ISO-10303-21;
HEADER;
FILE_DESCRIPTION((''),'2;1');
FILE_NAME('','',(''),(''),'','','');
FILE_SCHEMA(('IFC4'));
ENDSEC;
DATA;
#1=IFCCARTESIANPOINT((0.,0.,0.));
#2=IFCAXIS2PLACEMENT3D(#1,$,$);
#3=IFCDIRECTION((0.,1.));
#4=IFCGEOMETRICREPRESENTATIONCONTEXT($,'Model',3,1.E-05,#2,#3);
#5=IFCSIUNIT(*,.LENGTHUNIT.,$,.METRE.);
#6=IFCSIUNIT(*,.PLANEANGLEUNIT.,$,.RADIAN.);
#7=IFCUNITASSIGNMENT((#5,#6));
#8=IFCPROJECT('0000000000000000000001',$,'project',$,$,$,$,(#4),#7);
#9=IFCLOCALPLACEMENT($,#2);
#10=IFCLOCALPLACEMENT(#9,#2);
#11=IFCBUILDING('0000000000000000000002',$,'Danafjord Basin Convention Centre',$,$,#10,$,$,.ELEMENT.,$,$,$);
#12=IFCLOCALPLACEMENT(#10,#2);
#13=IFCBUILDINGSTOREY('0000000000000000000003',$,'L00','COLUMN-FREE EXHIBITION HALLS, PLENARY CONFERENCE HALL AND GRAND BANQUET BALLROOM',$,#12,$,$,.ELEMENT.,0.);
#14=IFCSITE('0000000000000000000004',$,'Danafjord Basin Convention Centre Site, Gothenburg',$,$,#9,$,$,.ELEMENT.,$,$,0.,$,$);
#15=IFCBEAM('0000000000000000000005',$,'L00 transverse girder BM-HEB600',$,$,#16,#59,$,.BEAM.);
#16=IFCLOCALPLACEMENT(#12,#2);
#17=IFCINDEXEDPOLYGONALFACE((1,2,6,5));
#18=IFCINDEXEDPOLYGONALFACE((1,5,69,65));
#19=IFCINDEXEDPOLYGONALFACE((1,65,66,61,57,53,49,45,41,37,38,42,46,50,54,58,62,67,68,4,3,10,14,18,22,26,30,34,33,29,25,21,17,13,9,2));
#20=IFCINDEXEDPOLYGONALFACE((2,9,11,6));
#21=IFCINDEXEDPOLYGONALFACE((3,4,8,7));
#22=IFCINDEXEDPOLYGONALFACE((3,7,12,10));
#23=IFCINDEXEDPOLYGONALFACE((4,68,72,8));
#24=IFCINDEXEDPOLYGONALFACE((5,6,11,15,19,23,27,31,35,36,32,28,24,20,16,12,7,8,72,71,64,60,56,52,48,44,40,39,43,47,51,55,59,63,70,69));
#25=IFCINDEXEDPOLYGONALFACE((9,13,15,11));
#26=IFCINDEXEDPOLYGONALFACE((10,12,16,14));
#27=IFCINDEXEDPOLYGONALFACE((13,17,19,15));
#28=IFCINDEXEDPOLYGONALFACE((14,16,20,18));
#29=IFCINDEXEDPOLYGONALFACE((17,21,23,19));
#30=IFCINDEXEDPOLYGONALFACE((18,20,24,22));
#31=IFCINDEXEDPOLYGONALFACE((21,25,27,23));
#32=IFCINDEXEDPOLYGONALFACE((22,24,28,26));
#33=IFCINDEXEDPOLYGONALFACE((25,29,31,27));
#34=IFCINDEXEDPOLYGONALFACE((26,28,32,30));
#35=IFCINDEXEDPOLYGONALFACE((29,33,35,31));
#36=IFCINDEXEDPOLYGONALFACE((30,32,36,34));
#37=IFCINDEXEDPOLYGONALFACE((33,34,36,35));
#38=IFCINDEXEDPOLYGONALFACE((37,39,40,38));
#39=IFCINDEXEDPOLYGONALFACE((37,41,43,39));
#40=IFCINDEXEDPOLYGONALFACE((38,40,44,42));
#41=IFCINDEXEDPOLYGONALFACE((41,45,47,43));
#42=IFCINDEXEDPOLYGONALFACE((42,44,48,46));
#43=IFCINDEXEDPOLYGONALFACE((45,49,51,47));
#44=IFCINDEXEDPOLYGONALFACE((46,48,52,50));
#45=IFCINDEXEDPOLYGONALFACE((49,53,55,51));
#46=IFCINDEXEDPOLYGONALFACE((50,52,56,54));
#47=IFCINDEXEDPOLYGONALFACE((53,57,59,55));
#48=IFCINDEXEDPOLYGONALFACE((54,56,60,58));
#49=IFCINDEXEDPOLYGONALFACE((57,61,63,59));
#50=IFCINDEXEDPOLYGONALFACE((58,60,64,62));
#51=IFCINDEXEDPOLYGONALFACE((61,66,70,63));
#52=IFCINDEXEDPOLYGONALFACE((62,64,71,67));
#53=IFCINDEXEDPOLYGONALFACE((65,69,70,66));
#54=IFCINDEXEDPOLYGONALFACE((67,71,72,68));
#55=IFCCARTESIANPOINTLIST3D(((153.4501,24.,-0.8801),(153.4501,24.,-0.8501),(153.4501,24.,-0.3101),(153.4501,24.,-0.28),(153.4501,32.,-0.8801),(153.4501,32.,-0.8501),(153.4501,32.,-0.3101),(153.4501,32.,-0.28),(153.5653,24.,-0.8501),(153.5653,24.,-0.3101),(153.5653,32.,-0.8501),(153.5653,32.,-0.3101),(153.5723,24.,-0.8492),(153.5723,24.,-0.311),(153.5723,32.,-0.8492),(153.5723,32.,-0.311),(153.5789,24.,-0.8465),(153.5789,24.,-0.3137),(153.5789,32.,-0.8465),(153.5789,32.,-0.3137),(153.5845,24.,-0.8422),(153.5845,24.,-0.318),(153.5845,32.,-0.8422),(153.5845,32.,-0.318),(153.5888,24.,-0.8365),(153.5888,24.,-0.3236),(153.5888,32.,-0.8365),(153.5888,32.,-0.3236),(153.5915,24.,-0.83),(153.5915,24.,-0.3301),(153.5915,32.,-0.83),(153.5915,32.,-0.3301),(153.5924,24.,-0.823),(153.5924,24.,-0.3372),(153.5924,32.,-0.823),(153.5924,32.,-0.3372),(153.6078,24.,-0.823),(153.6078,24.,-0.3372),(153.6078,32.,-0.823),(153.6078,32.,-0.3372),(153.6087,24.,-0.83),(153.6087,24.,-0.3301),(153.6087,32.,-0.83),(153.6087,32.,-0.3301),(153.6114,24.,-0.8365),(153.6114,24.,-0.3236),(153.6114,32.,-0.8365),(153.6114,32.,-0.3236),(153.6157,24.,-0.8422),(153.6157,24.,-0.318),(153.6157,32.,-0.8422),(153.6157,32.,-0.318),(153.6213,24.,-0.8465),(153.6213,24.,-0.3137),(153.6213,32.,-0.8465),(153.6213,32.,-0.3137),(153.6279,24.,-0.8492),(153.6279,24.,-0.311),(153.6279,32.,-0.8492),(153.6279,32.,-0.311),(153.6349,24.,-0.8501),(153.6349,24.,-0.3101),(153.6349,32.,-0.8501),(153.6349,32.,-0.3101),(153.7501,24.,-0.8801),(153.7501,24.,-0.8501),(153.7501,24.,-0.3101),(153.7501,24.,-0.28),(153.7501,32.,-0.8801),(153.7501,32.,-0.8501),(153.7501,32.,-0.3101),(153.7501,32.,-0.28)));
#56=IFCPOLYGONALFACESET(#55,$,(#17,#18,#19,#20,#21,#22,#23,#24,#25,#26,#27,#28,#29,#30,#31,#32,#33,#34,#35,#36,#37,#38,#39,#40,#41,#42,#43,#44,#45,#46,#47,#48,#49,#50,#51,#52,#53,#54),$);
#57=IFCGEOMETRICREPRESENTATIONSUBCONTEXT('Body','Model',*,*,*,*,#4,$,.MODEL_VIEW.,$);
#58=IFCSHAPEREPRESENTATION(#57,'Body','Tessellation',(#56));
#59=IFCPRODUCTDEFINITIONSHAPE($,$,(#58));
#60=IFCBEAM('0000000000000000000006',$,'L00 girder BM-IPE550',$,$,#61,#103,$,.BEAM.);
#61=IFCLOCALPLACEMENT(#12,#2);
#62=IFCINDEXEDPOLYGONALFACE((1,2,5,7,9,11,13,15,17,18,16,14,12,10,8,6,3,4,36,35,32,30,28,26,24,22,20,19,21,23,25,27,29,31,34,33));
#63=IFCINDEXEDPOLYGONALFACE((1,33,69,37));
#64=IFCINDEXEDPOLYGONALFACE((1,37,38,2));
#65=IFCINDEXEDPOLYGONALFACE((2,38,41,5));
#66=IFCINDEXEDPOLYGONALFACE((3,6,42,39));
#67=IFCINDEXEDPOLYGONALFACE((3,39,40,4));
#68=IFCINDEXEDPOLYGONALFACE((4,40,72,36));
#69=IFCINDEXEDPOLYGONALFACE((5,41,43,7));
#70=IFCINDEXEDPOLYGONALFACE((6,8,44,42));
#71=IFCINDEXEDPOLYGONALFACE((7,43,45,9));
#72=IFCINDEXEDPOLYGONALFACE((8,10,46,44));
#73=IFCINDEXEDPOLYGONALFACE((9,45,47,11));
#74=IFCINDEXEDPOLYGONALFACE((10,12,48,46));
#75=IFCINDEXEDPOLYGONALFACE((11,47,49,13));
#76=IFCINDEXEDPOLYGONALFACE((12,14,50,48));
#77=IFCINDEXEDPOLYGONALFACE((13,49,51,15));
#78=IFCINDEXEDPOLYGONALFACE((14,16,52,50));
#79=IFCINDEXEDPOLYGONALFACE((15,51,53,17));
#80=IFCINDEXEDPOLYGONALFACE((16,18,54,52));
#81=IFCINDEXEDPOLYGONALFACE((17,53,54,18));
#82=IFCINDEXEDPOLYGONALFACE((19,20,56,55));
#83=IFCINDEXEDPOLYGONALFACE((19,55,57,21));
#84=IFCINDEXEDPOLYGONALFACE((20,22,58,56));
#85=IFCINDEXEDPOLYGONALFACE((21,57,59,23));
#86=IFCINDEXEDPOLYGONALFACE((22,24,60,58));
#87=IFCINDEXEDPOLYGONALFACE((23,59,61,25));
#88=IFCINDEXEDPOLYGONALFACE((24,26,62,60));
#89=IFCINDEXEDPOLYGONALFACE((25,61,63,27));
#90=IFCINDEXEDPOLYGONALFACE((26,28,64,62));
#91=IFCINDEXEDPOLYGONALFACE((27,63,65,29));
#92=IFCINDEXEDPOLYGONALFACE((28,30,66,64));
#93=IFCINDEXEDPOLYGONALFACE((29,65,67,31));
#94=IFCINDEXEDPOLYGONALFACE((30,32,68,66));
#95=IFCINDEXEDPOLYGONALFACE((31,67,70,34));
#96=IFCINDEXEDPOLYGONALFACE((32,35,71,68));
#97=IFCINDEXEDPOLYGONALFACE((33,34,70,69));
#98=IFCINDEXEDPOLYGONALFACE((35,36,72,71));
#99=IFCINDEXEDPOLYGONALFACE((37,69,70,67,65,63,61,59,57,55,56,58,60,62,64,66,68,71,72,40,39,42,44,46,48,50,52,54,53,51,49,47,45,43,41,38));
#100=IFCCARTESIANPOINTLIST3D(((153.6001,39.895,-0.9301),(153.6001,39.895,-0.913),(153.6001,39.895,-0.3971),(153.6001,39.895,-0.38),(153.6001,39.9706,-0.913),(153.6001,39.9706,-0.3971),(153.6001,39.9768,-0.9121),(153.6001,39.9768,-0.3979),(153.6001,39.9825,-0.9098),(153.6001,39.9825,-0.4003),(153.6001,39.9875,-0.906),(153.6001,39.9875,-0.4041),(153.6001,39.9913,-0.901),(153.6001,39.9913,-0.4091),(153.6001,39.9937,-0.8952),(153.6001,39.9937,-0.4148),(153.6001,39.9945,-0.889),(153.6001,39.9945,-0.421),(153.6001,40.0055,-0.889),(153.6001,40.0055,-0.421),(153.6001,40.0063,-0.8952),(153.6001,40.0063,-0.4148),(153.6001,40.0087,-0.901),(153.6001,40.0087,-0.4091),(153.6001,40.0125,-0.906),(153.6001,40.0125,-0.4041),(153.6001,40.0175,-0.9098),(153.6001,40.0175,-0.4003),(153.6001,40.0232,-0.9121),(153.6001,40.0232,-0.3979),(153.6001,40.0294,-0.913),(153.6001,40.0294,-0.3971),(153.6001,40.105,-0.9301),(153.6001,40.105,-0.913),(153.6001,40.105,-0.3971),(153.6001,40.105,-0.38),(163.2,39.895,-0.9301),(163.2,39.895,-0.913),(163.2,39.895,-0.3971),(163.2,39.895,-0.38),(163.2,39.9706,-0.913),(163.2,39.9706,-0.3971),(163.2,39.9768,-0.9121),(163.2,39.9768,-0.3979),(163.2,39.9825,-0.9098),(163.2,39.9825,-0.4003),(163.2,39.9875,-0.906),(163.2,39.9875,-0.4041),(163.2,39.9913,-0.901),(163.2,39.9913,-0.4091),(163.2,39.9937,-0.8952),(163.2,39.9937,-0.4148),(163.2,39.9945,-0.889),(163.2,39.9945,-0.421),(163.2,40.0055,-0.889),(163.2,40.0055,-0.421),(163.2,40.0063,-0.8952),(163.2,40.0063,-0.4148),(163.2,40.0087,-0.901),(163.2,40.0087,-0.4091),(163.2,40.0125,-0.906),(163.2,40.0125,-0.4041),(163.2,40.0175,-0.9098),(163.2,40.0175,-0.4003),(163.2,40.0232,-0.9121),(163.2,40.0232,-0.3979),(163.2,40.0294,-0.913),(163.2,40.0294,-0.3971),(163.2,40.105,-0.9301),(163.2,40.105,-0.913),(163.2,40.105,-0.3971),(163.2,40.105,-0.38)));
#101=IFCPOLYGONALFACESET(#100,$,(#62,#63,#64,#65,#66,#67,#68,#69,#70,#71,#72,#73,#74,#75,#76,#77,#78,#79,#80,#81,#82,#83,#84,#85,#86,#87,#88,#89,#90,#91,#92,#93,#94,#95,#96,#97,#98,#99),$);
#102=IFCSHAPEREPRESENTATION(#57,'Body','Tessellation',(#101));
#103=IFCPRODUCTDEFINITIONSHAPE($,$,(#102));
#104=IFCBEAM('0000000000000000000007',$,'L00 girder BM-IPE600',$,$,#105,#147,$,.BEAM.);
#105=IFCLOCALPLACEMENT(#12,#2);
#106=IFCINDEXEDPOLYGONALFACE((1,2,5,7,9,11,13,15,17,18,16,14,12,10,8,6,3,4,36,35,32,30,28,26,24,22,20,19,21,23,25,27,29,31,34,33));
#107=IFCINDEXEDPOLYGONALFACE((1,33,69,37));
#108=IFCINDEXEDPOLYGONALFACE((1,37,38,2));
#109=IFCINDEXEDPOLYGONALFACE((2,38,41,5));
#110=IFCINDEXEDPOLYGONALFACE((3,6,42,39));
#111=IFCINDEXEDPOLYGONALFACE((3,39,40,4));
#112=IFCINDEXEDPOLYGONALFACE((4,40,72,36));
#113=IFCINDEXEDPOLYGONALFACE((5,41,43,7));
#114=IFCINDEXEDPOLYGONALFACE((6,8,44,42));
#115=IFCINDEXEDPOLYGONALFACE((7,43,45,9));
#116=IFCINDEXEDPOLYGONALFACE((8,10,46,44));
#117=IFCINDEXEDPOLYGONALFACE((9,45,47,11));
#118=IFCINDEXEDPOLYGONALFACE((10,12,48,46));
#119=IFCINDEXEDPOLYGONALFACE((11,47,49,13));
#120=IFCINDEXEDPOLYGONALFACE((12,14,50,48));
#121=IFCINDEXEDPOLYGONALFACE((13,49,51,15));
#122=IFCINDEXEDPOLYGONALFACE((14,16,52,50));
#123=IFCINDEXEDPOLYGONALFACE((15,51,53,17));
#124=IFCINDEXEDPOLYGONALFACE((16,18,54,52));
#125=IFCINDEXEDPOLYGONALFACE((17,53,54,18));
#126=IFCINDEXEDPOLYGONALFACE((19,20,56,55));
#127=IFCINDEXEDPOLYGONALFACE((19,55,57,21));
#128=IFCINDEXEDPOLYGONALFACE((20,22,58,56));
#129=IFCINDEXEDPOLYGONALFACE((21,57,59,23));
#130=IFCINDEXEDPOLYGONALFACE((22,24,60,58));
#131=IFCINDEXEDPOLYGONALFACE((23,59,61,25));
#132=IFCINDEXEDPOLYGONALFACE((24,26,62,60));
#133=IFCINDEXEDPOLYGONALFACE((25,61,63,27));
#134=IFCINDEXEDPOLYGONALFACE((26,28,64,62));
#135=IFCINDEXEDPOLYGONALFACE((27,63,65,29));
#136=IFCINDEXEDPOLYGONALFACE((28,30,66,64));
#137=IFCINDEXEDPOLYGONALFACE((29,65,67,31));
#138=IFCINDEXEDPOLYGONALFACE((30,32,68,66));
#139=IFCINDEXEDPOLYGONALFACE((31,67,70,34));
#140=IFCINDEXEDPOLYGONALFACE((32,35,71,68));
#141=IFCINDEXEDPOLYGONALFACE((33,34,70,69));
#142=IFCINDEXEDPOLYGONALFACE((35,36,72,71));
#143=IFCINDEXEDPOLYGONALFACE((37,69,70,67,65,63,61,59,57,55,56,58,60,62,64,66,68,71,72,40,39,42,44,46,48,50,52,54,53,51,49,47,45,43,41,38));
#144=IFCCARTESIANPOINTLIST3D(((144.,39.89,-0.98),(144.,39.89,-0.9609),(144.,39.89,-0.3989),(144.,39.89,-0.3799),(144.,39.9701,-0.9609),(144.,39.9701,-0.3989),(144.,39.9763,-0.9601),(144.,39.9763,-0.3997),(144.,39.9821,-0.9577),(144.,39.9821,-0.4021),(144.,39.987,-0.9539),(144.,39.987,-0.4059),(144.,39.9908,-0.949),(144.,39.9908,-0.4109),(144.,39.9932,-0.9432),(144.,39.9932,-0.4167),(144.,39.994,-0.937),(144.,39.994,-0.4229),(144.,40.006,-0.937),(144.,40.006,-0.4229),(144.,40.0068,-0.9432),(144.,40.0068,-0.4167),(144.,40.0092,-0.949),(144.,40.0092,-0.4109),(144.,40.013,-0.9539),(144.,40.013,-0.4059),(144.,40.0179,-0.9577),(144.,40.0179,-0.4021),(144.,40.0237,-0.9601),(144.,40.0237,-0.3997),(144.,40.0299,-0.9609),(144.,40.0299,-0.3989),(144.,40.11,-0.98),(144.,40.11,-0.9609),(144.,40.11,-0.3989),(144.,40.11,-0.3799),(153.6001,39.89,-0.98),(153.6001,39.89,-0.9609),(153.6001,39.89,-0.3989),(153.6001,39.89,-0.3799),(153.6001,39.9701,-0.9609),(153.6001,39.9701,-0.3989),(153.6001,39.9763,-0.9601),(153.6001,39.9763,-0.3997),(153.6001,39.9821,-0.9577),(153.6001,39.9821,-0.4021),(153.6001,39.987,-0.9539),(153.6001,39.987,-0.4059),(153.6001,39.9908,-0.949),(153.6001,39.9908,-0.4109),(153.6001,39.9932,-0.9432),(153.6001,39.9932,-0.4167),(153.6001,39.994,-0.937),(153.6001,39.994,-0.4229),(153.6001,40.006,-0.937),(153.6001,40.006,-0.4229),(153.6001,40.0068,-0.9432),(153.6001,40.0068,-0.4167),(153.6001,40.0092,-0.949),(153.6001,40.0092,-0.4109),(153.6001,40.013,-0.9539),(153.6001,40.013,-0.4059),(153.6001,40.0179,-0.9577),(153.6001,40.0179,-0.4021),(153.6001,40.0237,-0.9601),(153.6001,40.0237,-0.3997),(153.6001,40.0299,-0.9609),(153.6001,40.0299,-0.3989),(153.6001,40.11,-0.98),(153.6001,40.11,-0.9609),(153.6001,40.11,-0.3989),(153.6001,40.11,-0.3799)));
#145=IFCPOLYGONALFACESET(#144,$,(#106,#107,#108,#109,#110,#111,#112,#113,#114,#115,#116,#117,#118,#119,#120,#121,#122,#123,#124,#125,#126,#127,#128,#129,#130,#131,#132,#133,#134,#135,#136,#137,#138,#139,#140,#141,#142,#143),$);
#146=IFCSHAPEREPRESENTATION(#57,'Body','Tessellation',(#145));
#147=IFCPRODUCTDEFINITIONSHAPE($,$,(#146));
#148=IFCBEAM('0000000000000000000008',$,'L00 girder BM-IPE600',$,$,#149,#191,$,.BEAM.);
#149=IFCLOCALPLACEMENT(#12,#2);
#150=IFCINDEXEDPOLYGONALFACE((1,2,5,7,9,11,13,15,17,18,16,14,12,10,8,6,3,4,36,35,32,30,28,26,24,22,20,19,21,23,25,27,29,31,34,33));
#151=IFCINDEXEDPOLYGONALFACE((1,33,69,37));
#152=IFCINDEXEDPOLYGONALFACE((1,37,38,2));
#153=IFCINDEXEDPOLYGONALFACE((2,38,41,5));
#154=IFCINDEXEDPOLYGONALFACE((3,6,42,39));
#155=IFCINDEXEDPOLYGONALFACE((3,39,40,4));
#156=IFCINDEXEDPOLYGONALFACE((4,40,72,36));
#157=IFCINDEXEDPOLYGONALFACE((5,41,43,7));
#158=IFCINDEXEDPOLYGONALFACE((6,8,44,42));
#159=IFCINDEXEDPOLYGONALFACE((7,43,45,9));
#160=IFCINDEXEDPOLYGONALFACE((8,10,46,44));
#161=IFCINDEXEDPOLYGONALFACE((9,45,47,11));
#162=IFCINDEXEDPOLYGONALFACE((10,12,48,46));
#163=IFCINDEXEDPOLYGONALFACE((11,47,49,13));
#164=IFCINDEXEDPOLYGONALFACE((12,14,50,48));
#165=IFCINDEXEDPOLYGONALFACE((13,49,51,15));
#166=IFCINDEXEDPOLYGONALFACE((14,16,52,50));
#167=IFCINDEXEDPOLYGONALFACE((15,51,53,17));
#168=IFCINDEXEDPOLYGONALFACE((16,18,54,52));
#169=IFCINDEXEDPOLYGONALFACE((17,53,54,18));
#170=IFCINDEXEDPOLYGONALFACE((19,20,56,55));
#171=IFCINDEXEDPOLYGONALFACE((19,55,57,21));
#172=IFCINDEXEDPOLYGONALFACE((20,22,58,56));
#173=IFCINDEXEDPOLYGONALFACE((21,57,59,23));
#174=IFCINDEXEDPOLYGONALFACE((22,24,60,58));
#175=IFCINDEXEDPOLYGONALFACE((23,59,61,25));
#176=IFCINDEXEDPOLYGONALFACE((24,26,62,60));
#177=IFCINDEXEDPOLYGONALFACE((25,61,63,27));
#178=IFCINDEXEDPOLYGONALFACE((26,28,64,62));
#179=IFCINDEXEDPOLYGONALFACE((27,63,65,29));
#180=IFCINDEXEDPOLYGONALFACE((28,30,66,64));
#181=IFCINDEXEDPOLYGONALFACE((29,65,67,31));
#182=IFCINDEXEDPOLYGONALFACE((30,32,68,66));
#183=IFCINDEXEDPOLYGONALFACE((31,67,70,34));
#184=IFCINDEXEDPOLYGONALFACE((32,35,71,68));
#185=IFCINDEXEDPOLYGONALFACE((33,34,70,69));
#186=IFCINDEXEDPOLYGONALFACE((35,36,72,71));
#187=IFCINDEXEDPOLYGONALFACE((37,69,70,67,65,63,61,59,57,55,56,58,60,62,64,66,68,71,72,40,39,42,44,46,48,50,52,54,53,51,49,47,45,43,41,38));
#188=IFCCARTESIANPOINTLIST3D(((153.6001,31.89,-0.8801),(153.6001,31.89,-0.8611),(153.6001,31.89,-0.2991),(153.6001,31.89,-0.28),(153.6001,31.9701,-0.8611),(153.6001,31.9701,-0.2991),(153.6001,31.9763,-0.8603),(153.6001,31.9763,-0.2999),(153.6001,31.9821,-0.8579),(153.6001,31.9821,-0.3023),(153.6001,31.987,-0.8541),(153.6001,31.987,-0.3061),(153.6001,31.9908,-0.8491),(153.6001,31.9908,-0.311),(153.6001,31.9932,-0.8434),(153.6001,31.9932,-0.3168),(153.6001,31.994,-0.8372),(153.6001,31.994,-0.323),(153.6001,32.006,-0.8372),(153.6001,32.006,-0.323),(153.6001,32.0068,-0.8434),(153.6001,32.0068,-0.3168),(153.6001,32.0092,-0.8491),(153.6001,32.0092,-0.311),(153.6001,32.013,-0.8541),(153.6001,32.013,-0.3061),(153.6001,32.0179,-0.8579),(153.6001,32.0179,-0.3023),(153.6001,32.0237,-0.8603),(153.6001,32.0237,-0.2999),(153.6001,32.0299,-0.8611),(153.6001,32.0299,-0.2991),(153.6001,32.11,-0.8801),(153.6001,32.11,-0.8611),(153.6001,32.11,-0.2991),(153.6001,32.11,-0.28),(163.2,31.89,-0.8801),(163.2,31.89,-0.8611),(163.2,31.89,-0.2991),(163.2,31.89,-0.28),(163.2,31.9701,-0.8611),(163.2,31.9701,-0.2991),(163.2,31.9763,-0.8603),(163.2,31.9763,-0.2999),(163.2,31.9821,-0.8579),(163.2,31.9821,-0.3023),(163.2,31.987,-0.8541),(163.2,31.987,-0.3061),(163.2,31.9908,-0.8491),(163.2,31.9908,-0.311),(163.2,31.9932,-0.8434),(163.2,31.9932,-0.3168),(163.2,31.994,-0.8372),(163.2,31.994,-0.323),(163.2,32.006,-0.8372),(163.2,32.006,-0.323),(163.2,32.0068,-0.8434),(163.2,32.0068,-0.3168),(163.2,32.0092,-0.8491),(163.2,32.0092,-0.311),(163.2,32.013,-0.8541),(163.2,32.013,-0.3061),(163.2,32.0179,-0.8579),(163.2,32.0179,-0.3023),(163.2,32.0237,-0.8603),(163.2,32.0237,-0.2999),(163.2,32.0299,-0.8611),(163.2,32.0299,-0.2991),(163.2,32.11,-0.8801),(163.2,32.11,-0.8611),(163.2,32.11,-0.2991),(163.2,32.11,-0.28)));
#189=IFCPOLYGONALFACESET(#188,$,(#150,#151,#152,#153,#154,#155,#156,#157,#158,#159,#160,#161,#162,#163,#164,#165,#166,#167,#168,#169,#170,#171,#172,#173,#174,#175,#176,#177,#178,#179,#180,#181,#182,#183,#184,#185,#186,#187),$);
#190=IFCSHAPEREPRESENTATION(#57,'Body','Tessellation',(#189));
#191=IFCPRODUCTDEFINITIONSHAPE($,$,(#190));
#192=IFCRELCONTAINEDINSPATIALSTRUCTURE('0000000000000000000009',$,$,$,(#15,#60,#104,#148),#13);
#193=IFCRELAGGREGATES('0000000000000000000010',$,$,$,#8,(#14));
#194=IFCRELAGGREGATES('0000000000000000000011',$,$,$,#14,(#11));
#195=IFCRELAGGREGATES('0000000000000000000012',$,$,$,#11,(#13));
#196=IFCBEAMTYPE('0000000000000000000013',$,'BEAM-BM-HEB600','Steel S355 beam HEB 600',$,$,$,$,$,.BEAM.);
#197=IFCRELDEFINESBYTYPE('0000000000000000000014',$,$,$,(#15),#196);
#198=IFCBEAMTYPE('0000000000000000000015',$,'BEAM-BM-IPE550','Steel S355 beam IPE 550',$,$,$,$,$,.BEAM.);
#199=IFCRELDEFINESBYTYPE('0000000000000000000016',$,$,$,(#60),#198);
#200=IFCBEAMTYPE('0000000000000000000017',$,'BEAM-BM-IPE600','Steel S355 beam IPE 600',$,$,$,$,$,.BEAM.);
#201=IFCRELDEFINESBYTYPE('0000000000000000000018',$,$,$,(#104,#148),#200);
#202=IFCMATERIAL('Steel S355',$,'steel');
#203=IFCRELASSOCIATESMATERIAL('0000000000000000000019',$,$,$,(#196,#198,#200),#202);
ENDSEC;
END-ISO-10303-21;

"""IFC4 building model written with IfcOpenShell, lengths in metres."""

from ifc_helpers import new_model, si_unit, direction, frame, origin, origin_2d, place, context, subcontext, project, spatial, i_section, extrude, material, material_profile, profile_set, type_object, element, save


model = new_model("IFC4")

# Units and contexts
model_context = context("Model", 3, precision=1e-05, world=origin(), true_north=direction((0.0, 1.0)))
body_context = subcontext(model_context, "Body", "Model", "MODEL_VIEW")
ifc_project = project(units=[si_unit("LENGTHUNIT", "METRE"), si_unit("PLANEANGLEUNIT", "RADIAN")], contexts=[model_context])

# Site, building, storey
site_placement = place(None, origin())
site = spatial("IfcSite", under=ifc_project, at=site_placement, Name="Danafjord Basin Convention Centre Site, Gothenburg", CompositionType="ELEMENT", RefElevation=0.0)
building_placement = place(site_placement, origin())
building = spatial("IfcBuilding", under=site, at=building_placement, Name="Danafjord Basin Convention Centre", CompositionType="ELEMENT")
storey_placement = place(building_placement, origin())
storey = spatial("IfcBuildingStorey", under=building, at=storey_placement, Name="L00", Description="COLUMN-FREE EXHIBITION HALLS, PLENARY CONFERENCE HALL AND GRAND BANQUET BALLROOM", CompositionType="ELEMENT", Elevation=0.0)

# Shared definitions
ifc_material_1 = material(Name="Steel S355", Category="steel")

# Beams
ifc_material_profile_1 = material_profile(ifc_material_1, i_section(OverallWidth=0.3, OverallDepth=0.6001, WebThickness=0.0154, FlangeThickness=0.03, FilletRadius=0.0271, at=origin_2d()), Name="HEB 600")
ifc_profile_set_1 = profile_set([ifc_material_profile_1], Name="Steel S355")
beam_type_1 = type_object("IfcBeamType", Name="BEAM-BM-HEB600", Description="Steel S355 beam HEB 600", PredefinedType="BEAM", material=ifc_profile_set_1)
beam_1_placement = place(storey_placement, frame((153.6001, 24.0, -0.5801), z_axis=(0.0, 1.0, 0.0), x_axis=(-1.0, 0.0, 0.0)))
element("IfcBeam", 1, at=beam_1_placement, inside=storey, type_object=beam_type_1, Name="L00 transverse girder BM-HEB600", PredefinedType="BEAM", context=body_context, shape_type="SweptSolid", body=[
    extrude(i_section(OverallWidth=0.3, OverallDepth=0.6001, WebThickness=0.0154, FlangeThickness=0.03, FilletRadius=0.0271, at=origin_2d()), origin(), (0.0, 0.0, 1.0), 8.0),
])
ifc_material_profile_2 = material_profile(ifc_material_1, i_section(OverallWidth=0.21, OverallDepth=0.55, WebThickness=0.011, FlangeThickness=0.0171, FilletRadius=0.0239, at=origin_2d()), Name="IPE 550")
ifc_profile_set_2 = profile_set([ifc_material_profile_2], Name="Steel S355")
beam_type_2 = type_object("IfcBeamType", Name="BEAM-BM-IPE550", Description="Steel S355 beam IPE 550", PredefinedType="BEAM", material=ifc_profile_set_2)
beam_2_placement = place(storey_placement, frame((153.6001, 40.0, -0.655), z_axis=(1.0, 0.0, 0.0), x_axis=(0.0, 1.0, 0.0)))
element("IfcBeam", 2, at=beam_2_placement, inside=storey, type_object=beam_type_2, Name="L00 girder BM-IPE550", PredefinedType="BEAM", context=body_context, shape_type="SweptSolid", body=[
    extrude(i_section(OverallWidth=0.21, OverallDepth=0.55, WebThickness=0.011, FlangeThickness=0.0171, FilletRadius=0.0239, at=origin_2d()), origin(), (0.0, 0.0, 1.0), 9.5999),
])
ifc_material_profile_3 = material_profile(ifc_material_1, i_section(OverallWidth=0.22, OverallDepth=0.6001, WebThickness=0.012, FlangeThickness=0.019, FilletRadius=0.0239, at=origin_2d()), Name="IPE 600")
ifc_profile_set_3 = profile_set([ifc_material_profile_3], Name="Steel S355")
beam_type_3 = type_object("IfcBeamType", Name="BEAM-BM-IPE600", Description="Steel S355 beam IPE 600", PredefinedType="BEAM", material=ifc_profile_set_3)
beam_3_placement = place(storey_placement, frame((144.0, 40.0, -0.6799), z_axis=(1.0, 0.0, 0.0), x_axis=(0.0, 1.0, 0.0)))
element("IfcBeam", 3, at=beam_3_placement, inside=storey, type_object=beam_type_3, Name="L00 girder BM-IPE600", PredefinedType="BEAM", context=body_context, shape_type="SweptSolid", body=[
    extrude(i_section(OverallWidth=0.22, OverallDepth=0.6001, WebThickness=0.012, FlangeThickness=0.019, FilletRadius=0.0239, at=origin_2d()), origin(), (0.0, 0.0, 1.0), 9.6001),
])
beam_4_placement = place(storey_placement, frame((153.6001, 32.0, -0.5801), z_axis=(1.0, 0.0, 0.0), x_axis=(0.0, 1.0, 0.0)))
element("IfcBeam", 4, at=beam_4_placement, inside=storey, type_object=beam_type_3, Name="L00 girder BM-IPE600", PredefinedType="BEAM", context=body_context, shape_type="SweptSolid", body=[
    extrude(i_section(OverallWidth=0.22, OverallDepth=0.6001, WebThickness=0.012, FlangeThickness=0.019, FilletRadius=0.0239, at=origin_2d()), origin(), (0.0, 0.0, 1.0), 9.5999),
])

save(model, "model.ifc")
